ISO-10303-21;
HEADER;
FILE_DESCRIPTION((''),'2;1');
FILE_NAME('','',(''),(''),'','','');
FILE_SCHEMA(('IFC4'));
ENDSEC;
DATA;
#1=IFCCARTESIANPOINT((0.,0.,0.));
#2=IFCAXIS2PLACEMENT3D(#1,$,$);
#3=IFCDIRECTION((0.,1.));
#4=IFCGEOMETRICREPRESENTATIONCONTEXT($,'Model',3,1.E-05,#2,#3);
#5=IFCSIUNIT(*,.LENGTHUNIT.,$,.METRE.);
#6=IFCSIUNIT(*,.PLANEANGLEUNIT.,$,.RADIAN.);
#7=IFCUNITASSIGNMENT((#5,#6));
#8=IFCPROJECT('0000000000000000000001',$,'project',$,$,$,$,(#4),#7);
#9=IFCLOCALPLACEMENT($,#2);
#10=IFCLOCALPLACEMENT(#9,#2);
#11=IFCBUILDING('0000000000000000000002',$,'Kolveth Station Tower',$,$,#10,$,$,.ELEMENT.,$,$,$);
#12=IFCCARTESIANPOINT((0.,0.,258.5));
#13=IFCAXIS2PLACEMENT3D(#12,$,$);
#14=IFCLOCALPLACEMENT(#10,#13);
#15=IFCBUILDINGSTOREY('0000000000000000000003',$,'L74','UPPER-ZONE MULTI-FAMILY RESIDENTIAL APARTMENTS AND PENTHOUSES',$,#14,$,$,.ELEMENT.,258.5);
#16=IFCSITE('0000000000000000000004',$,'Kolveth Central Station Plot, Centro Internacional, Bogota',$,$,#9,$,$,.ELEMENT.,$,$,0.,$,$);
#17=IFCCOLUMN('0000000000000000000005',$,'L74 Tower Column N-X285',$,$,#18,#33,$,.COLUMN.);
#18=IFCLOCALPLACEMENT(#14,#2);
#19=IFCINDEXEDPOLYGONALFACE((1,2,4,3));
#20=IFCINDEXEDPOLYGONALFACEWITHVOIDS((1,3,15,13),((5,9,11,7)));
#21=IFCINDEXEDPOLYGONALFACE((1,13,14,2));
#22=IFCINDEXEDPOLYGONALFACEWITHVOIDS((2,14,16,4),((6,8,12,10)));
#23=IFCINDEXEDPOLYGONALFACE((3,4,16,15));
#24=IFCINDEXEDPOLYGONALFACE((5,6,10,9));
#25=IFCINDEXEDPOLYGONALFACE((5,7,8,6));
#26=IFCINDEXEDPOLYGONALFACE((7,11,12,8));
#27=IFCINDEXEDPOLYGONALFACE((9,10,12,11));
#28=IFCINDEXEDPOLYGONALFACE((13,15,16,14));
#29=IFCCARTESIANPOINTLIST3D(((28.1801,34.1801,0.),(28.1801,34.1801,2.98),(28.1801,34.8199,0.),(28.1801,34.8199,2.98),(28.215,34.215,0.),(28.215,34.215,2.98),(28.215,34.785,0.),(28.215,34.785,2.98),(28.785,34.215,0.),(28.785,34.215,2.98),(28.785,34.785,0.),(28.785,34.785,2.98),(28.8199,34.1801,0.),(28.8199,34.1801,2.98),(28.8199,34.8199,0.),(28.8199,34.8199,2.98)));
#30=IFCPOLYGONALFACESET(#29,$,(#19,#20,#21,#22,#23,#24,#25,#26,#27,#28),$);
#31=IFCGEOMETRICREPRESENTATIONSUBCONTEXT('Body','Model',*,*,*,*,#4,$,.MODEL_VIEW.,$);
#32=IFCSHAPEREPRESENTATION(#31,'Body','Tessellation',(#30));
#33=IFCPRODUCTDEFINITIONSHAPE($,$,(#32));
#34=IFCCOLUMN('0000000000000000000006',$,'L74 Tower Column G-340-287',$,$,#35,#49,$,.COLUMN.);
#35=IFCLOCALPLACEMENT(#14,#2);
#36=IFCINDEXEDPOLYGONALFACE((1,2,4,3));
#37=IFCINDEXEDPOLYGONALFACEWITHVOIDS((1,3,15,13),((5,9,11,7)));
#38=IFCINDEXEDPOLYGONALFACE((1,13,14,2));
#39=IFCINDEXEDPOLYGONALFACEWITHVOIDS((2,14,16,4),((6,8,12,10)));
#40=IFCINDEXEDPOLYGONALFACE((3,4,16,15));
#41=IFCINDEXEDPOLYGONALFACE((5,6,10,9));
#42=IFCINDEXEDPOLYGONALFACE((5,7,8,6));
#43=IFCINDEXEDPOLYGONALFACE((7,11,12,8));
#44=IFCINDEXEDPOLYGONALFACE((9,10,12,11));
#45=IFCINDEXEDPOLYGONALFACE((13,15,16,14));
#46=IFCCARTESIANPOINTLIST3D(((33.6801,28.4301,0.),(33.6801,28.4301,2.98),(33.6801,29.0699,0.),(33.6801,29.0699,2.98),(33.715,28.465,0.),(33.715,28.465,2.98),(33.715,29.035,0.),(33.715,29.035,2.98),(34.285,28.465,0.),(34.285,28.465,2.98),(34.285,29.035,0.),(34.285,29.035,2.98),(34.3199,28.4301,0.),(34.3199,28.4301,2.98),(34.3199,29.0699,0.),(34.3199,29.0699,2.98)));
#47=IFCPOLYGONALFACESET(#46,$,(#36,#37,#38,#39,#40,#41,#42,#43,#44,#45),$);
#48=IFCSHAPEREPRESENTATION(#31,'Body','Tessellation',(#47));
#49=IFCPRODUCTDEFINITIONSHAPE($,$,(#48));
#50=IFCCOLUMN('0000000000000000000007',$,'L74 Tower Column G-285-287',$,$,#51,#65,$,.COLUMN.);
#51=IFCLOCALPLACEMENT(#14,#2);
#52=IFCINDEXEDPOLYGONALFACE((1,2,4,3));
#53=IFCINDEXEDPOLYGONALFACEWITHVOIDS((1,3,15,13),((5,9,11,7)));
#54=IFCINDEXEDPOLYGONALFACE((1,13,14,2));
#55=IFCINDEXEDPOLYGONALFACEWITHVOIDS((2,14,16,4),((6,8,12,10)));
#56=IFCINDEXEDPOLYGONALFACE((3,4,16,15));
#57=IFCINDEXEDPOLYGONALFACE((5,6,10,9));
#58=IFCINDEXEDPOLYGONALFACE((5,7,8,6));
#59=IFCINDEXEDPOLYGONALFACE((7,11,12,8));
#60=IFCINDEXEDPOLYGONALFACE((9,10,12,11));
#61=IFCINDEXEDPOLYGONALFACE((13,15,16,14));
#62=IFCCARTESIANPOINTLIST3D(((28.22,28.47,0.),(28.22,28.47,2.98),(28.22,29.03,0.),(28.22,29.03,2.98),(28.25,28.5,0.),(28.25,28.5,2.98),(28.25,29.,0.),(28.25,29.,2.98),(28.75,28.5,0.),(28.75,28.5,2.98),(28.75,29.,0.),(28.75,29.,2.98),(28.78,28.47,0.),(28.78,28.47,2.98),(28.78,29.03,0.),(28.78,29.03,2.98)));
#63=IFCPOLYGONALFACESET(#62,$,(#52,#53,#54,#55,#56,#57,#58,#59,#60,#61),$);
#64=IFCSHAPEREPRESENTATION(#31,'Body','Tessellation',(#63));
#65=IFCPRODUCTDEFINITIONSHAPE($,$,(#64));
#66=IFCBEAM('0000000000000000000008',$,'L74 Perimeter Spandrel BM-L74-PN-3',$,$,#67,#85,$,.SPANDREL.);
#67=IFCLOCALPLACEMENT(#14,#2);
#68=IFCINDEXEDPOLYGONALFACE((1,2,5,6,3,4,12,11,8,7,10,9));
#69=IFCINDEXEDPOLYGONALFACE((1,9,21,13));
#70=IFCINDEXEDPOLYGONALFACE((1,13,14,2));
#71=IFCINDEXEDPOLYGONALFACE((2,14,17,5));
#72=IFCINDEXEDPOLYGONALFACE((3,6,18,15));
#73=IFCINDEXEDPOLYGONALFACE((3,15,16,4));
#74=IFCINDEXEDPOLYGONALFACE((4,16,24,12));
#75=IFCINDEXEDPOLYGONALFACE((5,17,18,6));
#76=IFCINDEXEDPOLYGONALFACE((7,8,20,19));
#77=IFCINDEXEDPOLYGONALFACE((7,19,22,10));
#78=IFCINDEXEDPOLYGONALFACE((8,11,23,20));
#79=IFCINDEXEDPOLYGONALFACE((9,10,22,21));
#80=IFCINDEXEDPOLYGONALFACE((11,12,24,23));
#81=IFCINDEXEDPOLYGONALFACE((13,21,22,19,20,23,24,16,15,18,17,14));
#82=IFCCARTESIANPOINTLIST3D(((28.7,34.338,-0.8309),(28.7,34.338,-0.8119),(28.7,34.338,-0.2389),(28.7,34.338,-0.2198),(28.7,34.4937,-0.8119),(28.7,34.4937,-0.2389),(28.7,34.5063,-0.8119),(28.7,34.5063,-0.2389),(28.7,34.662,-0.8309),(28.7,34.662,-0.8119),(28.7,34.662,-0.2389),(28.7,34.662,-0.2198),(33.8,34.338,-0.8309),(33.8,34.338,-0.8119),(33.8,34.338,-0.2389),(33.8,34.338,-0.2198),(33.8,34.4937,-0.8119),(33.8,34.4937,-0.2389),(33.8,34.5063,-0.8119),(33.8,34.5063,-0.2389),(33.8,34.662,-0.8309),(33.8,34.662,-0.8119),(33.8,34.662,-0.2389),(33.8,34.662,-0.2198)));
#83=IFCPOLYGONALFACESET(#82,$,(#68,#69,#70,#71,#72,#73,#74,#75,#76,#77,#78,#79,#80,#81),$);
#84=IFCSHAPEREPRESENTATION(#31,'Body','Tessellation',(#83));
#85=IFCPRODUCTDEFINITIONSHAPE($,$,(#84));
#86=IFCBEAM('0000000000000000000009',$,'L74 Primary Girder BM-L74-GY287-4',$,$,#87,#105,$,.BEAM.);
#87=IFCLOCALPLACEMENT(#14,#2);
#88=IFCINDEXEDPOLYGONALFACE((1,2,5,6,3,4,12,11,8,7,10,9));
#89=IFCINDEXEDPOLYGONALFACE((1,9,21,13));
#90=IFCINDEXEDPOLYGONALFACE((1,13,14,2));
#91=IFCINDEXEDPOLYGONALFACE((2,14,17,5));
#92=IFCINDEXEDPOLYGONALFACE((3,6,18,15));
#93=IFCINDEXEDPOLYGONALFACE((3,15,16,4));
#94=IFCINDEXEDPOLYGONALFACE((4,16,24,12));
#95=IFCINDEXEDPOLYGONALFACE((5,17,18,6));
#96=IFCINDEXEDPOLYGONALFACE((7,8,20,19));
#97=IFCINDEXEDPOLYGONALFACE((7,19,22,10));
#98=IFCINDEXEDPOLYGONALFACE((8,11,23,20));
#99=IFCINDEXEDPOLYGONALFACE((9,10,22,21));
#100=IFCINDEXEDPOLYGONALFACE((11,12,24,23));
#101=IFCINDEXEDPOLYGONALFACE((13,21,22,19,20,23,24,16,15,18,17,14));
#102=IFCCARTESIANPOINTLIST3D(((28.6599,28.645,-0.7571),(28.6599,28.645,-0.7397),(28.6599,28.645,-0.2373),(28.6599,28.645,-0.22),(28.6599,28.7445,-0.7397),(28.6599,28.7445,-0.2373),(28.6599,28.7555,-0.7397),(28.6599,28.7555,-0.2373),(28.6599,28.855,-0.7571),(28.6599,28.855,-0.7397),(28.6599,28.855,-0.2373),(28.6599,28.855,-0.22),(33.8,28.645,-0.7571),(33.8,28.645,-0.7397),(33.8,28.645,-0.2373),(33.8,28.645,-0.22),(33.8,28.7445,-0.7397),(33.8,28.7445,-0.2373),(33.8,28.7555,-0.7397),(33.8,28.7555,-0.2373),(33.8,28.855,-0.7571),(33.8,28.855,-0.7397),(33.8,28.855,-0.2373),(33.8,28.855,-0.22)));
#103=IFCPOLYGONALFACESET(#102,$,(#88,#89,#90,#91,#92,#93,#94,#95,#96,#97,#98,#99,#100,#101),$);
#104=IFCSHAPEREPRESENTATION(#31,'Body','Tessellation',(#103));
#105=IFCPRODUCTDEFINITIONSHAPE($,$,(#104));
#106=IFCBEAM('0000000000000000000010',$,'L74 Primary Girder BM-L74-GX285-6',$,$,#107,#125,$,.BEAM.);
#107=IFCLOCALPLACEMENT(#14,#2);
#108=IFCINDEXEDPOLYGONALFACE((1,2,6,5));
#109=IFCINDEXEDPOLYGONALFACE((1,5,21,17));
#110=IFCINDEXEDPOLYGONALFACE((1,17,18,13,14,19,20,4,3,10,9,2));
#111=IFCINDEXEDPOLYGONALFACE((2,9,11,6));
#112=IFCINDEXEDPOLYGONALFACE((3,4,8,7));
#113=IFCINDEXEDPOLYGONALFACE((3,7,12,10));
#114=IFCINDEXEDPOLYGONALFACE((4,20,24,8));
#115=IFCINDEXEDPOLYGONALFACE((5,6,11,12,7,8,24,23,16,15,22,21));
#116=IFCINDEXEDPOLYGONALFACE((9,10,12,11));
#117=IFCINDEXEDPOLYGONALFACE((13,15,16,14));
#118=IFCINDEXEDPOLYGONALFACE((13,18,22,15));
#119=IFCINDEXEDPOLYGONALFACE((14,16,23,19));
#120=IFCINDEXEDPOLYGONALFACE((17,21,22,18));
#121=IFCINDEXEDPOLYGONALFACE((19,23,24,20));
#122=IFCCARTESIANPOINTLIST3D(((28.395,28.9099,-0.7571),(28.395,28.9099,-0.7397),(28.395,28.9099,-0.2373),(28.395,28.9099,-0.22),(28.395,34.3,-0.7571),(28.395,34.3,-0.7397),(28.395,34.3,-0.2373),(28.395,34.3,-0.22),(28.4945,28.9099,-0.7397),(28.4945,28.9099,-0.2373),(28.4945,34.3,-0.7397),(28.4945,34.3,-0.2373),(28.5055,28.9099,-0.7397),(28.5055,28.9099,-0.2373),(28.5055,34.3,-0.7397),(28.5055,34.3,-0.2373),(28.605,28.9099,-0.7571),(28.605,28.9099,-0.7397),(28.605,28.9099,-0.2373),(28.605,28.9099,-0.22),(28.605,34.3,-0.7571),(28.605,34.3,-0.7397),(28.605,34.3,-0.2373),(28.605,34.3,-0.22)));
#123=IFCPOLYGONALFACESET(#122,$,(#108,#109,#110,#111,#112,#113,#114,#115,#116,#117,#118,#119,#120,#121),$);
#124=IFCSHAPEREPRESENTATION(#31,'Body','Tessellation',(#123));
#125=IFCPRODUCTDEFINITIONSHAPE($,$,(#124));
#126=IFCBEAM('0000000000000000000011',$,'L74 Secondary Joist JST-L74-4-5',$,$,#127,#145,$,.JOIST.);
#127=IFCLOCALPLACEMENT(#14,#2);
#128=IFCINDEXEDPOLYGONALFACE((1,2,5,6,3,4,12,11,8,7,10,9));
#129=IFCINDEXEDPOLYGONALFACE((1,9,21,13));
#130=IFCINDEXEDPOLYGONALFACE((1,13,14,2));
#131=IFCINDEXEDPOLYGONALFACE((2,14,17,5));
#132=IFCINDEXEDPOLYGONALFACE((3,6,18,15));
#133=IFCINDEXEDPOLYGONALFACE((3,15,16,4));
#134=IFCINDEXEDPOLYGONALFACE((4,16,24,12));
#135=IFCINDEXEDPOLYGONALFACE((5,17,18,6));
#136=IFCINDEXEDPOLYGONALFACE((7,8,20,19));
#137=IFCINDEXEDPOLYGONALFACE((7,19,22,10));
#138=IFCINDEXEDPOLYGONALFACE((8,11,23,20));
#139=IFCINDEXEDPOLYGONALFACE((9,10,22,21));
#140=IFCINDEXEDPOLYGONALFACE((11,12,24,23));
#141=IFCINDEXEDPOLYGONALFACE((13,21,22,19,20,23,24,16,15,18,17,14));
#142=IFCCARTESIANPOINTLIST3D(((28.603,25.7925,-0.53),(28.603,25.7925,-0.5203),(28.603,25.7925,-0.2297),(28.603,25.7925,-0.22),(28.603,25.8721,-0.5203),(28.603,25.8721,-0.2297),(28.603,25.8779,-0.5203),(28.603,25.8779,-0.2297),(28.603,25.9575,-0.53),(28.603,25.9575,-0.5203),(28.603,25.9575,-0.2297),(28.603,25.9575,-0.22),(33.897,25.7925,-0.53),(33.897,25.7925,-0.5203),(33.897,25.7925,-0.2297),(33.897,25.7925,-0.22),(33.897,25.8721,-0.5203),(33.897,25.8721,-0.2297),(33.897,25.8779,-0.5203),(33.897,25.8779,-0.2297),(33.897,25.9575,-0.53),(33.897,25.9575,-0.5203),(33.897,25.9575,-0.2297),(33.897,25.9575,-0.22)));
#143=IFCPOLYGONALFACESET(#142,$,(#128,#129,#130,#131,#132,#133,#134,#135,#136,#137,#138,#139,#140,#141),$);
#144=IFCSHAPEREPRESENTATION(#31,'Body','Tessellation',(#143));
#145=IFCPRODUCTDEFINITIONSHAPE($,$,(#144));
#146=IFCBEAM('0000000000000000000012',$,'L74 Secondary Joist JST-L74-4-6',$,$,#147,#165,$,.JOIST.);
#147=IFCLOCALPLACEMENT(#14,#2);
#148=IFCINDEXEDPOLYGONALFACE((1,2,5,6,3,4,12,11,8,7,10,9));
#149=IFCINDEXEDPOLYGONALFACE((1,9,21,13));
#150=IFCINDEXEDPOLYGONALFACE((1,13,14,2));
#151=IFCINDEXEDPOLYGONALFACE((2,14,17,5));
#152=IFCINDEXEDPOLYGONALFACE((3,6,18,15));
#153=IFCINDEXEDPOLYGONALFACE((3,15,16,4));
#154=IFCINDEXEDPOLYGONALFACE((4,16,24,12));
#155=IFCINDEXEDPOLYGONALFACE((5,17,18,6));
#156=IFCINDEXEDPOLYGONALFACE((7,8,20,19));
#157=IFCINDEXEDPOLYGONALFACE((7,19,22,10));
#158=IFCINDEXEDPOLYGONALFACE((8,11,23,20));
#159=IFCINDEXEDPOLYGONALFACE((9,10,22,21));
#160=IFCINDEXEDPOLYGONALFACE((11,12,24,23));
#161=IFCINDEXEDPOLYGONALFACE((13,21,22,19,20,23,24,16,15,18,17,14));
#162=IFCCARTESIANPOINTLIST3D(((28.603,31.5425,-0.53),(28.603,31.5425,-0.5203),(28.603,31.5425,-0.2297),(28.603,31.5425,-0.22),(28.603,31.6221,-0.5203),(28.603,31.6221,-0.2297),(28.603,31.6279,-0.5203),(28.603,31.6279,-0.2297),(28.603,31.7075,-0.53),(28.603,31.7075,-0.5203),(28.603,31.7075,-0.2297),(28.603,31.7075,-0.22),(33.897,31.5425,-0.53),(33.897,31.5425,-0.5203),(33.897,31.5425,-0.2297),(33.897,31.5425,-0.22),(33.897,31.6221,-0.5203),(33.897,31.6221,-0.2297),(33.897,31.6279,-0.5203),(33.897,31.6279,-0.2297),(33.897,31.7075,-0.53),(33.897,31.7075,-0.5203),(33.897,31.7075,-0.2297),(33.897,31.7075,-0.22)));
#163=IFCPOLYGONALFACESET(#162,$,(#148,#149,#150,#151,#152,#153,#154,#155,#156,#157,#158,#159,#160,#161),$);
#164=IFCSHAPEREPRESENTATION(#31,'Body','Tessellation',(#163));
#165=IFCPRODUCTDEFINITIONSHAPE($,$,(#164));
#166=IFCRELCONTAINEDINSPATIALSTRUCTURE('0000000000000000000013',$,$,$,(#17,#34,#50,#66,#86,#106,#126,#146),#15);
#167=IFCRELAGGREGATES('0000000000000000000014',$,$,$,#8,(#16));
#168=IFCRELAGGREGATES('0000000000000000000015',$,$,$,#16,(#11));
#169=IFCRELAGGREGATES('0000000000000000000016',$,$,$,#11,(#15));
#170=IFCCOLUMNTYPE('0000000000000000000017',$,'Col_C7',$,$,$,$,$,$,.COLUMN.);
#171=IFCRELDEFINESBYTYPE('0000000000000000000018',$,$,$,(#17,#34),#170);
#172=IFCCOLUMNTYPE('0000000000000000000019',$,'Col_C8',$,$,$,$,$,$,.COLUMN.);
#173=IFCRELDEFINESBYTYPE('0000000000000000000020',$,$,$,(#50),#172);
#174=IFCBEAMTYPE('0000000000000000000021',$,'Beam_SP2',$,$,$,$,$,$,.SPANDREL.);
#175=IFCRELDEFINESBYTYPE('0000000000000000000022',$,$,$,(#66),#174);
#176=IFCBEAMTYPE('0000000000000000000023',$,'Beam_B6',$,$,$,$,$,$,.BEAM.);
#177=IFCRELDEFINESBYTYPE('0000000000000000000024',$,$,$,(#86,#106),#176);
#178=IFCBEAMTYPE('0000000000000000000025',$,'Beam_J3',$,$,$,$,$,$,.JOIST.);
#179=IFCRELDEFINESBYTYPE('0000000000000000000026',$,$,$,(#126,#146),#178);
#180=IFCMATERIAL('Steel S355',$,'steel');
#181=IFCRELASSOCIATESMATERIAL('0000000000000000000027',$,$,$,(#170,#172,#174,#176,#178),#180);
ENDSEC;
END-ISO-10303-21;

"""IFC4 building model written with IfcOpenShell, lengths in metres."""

from ifc_helpers import new_model, si_unit, direction, frame, origin, origin_2d, place, context, subcontext, project, spatial, hollow_rectangle, i_section, extrude, source, transform, mapped, material, material_profile, profile_set, type_object, element, save


model = new_model("IFC4")

# Units and contexts
model_context = context("Model", 3, precision=1e-05, world=origin(), true_north=direction((0.0, 1.0)))
body_context = subcontext(model_context, "Body", "Model", "MODEL_VIEW")
ifc_project = project(units=[si_unit("LENGTHUNIT", "METRE"), si_unit("PLANEANGLEUNIT", "RADIAN")], contexts=[model_context])

# Site, building, storey
site_placement = place(None, origin())
site = spatial("IfcSite", under=ifc_project, at=site_placement, Name="Kolveth Central Station Plot, Centro Internacional, Bogota", CompositionType="ELEMENT", RefElevation=0.0)
building_placement = place(site_placement, origin())
building = spatial("IfcBuilding", under=site, at=building_placement, Name="Kolveth Station Tower", CompositionType="ELEMENT")
storey_placement = place(building_placement, frame((0.0, 0.0, 258.5)))
storey = spatial("IfcBuildingStorey", under=building, at=storey_placement, Name="L74", Description="UPPER-ZONE MULTI-FAMILY RESIDENTIAL APARTMENTS AND PENTHOUSES", CompositionType="ELEMENT", Elevation=258.5)

# Columns
ifc_material_1 = material(Name="Steel S355", Category="steel")
ifc_material_profile_1 = material_profile(ifc_material_1, hollow_rectangle(XDim=0.6399, YDim=0.6399, WallThickness=0.0349, at=origin_2d()), Name="BOX640x640x35")
ifc_profile_set_1 = profile_set([ifc_material_profile_1], Name="Steel S355")
column_type_1 = type_object("IfcColumnType", Name="Col_C7", PredefinedType="COLUMN", material=ifc_profile_set_1)
shared_shape_1 = source(origin(), body_context, "Body", "SweptSolid", [
    extrude(hollow_rectangle(XDim=0.6399, YDim=0.6399, WallThickness=0.0349, at=origin_2d()), origin(), (0.0, 0.0, 1.0), 2.98),
])
for number, where, z_axis, x_axis, name in (
    (1, (28.5, 34.5, 0.0), (0.0, 0.0, 1.0), (1.0, 0.0, 0.0), "L74 Tower Column N-X285"),
    (2, (34.0, 28.75, 0.0), (0.0, 0.0, 1.0), (1.0, 0.0, 0.0), "L74 Tower Column G-340-287"),
):
    element("IfcColumn", number, at=place(storey_placement, frame(where, z_axis=z_axis, x_axis=x_axis)), inside=storey, type_object=column_type_1, Name=name, PredefinedType="COLUMN", context=body_context, shape_type="MappedRepresentation", body=[
        mapped(shared_shape_1, transform((0.0, 0.0, 0.0), x_axis=(1.0, 0.0, 0.0), y_axis=(0.0, 1.0, 0.0), z_axis=(0.0, 0.0, 1.0), scale=1.0)),
    ])
ifc_material_profile_2 = material_profile(ifc_material_1, hollow_rectangle(XDim=0.5601, YDim=0.5601, WallThickness=0.03, at=origin_2d()), Name="BOX560x560x30")
ifc_profile_set_2 = profile_set([ifc_material_profile_2], Name="Steel S355")
column_type_2 = type_object("IfcColumnType", Name="Col_C8", PredefinedType="COLUMN", material=ifc_profile_set_2)
shared_shape_2 = source(origin(), body_context, "Body", "SweptSolid", [
    extrude(hollow_rectangle(XDim=0.5601, YDim=0.5601, WallThickness=0.03, at=origin_2d()), origin(), (0.0, 0.0, 1.0), 2.98),
])
column_placement = place(storey_placement, frame((28.5, 28.75, 0.0), z_axis=(0.0, 0.0, 1.0), x_axis=(1.0, 0.0, 0.0)))
element("IfcColumn", 3, at=column_placement, inside=storey, type_object=column_type_2, Name="L74 Tower Column G-285-287", PredefinedType="COLUMN", context=body_context, shape_type="MappedRepresentation", body=[
    mapped(shared_shape_2, transform((0.0, 0.0, 0.0), x_axis=(1.0, 0.0, 0.0), y_axis=(0.0, 1.0, 0.0), z_axis=(0.0, 0.0, 1.0), scale=1.0)),
])

# Beams
ifc_material_profile_3 = material_profile(ifc_material_1, i_section(OverallWidth=0.324, OverallDepth=0.6111, WebThickness=0.0127, FlangeThickness=0.019, at=origin_2d()), Name="W610x155")
ifc_profile_set_3 = profile_set([ifc_material_profile_3], Name="Steel S355")
beam_type_1 = type_object("IfcBeamType", Name="Beam_SP2", PredefinedType="SPANDREL", material=ifc_profile_set_3)
shared_shape_3 = source(origin(), body_context, "Body", "SweptSolid", [
    extrude(i_section(OverallWidth=0.324, OverallDepth=0.6111, WebThickness=0.0127, FlangeThickness=0.019, at=origin_2d()), origin(), (0.0, 0.0, 1.0), 5.1001),
])
beam_1_placement = place(storey_placement, frame((28.7, 34.5, -0.5254), z_axis=(1.0, 0.0, 0.0), x_axis=(0.0, 1.0, 0.0)))
element("IfcBeam", 4, at=beam_1_placement, inside=storey, type_object=beam_type_1, Name="L74 Perimeter Spandrel BM-L74-PN-3", PredefinedType="SPANDREL", context=body_context, shape_type="MappedRepresentation", body=[
    mapped(shared_shape_3, transform((0.0, 0.0, 0.0), x_axis=(1.0, 0.0, 0.0), y_axis=(0.0, 1.0, 0.0), z_axis=(0.0, 0.0, 1.0), scale=1.0)),
])
ifc_material_profile_4 = material_profile(ifc_material_1, i_section(OverallWidth=0.21, OverallDepth=0.5371, WebThickness=0.011, FlangeThickness=0.0173, at=origin_2d()), Name="W530x101")
ifc_profile_set_4 = profile_set([ifc_material_profile_4], Name="Steel S355")
beam_type_2 = type_object("IfcBeamType", Name="Beam_B6", PredefinedType="BEAM", material=ifc_profile_set_4)
shared_shape_4 = source(origin(), body_context, "Body", "SweptSolid", [
    extrude(i_section(OverallWidth=0.21, OverallDepth=0.5371, WebThickness=0.011, FlangeThickness=0.0173, at=origin_2d()), origin(), (0.0, 0.0, 1.0), 5.1401),
])
beam_2_placement = place(storey_placement, frame((28.6599, 28.75, -0.4885), z_axis=(1.0, 0.0, 0.0), x_axis=(0.0, 1.0, 0.0)))
element("IfcBeam", 5, at=beam_2_placement, inside=storey, type_object=beam_type_2, Name="L74 Primary Girder BM-L74-GY287-4", PredefinedType="BEAM", context=body_context, shape_type="MappedRepresentation", body=[
    mapped(shared_shape_4, transform((0.0, 0.0, 0.0), x_axis=(1.0, 0.0, 0.0), y_axis=(0.0, 1.0, 0.0), z_axis=(0.0, 0.0, 1.0), scale=1.0)),
])
shared_shape_5 = source(origin(), body_context, "Body", "SweptSolid", [
    extrude(i_section(OverallWidth=0.21, OverallDepth=0.5371, WebThickness=0.011, FlangeThickness=0.0173, at=origin_2d()), origin(), (0.0, 0.0, 1.0), 5.3901),
])
beam_3_placement = place(storey_placement, frame((28.5, 28.9099, -0.4885), z_axis=(0.0, 1.0, 0.0), x_axis=(-1.0, 0.0, 0.0)))
element("IfcBeam", 6, at=beam_3_placement, inside=storey, type_object=beam_type_2, Name="L74 Primary Girder BM-L74-GX285-6", PredefinedType="BEAM", context=body_context, shape_type="MappedRepresentation", body=[
    mapped(shared_shape_5, transform((0.0, 0.0, 0.0), x_axis=(1.0, 0.0, 0.0), y_axis=(0.0, 1.0, 0.0), z_axis=(0.0, 0.0, 1.0), scale=1.0)),
])
ifc_material_profile_5 = material_profile(ifc_material_1, i_section(OverallWidth=0.165, OverallDepth=0.3101, WebThickness=0.0059, FlangeThickness=0.0098, at=origin_2d()), Name="W310x39")
ifc_profile_set_5 = profile_set([ifc_material_profile_5], Name="Steel S355")
beam_type_3 = type_object("IfcBeamType", Name="Beam_J3", PredefinedType="JOIST", material=ifc_profile_set_5)
shared_shape_6 = source(origin(), body_context, "Body", "SweptSolid", [
    extrude(i_section(OverallWidth=0.165, OverallDepth=0.3101, WebThickness=0.0059, FlangeThickness=0.0098, at=origin_2d()), origin(), (0.0, 0.0, 1.0), 5.2939),
])
for number, where, z_axis, x_axis, name in (
    (7, (28.603, 25.875, -0.375), (1.0, 0.0, 0.0), (0.0, 1.0, 0.0), "L74 Secondary Joist JST-L74-4-5"),
    (8, (28.603, 31.625, -0.375), (1.0, 0.0, 0.0), (0.0, 1.0, 0.0), "L74 Secondary Joist JST-L74-4-6"),
):
    element("IfcBeam", number, at=place(storey_placement, frame(where, z_axis=z_axis, x_axis=x_axis)), inside=storey, type_object=beam_type_3, Name=name, PredefinedType="JOIST", context=body_context, shape_type="MappedRepresentation", body=[
        mapped(shared_shape_6, transform((0.0, 0.0, 0.0), x_axis=(1.0, 0.0, 0.0), y_axis=(0.0, 1.0, 0.0), z_axis=(0.0, 0.0, 1.0), scale=1.0)),
    ])

save(model, "model.ifc")
